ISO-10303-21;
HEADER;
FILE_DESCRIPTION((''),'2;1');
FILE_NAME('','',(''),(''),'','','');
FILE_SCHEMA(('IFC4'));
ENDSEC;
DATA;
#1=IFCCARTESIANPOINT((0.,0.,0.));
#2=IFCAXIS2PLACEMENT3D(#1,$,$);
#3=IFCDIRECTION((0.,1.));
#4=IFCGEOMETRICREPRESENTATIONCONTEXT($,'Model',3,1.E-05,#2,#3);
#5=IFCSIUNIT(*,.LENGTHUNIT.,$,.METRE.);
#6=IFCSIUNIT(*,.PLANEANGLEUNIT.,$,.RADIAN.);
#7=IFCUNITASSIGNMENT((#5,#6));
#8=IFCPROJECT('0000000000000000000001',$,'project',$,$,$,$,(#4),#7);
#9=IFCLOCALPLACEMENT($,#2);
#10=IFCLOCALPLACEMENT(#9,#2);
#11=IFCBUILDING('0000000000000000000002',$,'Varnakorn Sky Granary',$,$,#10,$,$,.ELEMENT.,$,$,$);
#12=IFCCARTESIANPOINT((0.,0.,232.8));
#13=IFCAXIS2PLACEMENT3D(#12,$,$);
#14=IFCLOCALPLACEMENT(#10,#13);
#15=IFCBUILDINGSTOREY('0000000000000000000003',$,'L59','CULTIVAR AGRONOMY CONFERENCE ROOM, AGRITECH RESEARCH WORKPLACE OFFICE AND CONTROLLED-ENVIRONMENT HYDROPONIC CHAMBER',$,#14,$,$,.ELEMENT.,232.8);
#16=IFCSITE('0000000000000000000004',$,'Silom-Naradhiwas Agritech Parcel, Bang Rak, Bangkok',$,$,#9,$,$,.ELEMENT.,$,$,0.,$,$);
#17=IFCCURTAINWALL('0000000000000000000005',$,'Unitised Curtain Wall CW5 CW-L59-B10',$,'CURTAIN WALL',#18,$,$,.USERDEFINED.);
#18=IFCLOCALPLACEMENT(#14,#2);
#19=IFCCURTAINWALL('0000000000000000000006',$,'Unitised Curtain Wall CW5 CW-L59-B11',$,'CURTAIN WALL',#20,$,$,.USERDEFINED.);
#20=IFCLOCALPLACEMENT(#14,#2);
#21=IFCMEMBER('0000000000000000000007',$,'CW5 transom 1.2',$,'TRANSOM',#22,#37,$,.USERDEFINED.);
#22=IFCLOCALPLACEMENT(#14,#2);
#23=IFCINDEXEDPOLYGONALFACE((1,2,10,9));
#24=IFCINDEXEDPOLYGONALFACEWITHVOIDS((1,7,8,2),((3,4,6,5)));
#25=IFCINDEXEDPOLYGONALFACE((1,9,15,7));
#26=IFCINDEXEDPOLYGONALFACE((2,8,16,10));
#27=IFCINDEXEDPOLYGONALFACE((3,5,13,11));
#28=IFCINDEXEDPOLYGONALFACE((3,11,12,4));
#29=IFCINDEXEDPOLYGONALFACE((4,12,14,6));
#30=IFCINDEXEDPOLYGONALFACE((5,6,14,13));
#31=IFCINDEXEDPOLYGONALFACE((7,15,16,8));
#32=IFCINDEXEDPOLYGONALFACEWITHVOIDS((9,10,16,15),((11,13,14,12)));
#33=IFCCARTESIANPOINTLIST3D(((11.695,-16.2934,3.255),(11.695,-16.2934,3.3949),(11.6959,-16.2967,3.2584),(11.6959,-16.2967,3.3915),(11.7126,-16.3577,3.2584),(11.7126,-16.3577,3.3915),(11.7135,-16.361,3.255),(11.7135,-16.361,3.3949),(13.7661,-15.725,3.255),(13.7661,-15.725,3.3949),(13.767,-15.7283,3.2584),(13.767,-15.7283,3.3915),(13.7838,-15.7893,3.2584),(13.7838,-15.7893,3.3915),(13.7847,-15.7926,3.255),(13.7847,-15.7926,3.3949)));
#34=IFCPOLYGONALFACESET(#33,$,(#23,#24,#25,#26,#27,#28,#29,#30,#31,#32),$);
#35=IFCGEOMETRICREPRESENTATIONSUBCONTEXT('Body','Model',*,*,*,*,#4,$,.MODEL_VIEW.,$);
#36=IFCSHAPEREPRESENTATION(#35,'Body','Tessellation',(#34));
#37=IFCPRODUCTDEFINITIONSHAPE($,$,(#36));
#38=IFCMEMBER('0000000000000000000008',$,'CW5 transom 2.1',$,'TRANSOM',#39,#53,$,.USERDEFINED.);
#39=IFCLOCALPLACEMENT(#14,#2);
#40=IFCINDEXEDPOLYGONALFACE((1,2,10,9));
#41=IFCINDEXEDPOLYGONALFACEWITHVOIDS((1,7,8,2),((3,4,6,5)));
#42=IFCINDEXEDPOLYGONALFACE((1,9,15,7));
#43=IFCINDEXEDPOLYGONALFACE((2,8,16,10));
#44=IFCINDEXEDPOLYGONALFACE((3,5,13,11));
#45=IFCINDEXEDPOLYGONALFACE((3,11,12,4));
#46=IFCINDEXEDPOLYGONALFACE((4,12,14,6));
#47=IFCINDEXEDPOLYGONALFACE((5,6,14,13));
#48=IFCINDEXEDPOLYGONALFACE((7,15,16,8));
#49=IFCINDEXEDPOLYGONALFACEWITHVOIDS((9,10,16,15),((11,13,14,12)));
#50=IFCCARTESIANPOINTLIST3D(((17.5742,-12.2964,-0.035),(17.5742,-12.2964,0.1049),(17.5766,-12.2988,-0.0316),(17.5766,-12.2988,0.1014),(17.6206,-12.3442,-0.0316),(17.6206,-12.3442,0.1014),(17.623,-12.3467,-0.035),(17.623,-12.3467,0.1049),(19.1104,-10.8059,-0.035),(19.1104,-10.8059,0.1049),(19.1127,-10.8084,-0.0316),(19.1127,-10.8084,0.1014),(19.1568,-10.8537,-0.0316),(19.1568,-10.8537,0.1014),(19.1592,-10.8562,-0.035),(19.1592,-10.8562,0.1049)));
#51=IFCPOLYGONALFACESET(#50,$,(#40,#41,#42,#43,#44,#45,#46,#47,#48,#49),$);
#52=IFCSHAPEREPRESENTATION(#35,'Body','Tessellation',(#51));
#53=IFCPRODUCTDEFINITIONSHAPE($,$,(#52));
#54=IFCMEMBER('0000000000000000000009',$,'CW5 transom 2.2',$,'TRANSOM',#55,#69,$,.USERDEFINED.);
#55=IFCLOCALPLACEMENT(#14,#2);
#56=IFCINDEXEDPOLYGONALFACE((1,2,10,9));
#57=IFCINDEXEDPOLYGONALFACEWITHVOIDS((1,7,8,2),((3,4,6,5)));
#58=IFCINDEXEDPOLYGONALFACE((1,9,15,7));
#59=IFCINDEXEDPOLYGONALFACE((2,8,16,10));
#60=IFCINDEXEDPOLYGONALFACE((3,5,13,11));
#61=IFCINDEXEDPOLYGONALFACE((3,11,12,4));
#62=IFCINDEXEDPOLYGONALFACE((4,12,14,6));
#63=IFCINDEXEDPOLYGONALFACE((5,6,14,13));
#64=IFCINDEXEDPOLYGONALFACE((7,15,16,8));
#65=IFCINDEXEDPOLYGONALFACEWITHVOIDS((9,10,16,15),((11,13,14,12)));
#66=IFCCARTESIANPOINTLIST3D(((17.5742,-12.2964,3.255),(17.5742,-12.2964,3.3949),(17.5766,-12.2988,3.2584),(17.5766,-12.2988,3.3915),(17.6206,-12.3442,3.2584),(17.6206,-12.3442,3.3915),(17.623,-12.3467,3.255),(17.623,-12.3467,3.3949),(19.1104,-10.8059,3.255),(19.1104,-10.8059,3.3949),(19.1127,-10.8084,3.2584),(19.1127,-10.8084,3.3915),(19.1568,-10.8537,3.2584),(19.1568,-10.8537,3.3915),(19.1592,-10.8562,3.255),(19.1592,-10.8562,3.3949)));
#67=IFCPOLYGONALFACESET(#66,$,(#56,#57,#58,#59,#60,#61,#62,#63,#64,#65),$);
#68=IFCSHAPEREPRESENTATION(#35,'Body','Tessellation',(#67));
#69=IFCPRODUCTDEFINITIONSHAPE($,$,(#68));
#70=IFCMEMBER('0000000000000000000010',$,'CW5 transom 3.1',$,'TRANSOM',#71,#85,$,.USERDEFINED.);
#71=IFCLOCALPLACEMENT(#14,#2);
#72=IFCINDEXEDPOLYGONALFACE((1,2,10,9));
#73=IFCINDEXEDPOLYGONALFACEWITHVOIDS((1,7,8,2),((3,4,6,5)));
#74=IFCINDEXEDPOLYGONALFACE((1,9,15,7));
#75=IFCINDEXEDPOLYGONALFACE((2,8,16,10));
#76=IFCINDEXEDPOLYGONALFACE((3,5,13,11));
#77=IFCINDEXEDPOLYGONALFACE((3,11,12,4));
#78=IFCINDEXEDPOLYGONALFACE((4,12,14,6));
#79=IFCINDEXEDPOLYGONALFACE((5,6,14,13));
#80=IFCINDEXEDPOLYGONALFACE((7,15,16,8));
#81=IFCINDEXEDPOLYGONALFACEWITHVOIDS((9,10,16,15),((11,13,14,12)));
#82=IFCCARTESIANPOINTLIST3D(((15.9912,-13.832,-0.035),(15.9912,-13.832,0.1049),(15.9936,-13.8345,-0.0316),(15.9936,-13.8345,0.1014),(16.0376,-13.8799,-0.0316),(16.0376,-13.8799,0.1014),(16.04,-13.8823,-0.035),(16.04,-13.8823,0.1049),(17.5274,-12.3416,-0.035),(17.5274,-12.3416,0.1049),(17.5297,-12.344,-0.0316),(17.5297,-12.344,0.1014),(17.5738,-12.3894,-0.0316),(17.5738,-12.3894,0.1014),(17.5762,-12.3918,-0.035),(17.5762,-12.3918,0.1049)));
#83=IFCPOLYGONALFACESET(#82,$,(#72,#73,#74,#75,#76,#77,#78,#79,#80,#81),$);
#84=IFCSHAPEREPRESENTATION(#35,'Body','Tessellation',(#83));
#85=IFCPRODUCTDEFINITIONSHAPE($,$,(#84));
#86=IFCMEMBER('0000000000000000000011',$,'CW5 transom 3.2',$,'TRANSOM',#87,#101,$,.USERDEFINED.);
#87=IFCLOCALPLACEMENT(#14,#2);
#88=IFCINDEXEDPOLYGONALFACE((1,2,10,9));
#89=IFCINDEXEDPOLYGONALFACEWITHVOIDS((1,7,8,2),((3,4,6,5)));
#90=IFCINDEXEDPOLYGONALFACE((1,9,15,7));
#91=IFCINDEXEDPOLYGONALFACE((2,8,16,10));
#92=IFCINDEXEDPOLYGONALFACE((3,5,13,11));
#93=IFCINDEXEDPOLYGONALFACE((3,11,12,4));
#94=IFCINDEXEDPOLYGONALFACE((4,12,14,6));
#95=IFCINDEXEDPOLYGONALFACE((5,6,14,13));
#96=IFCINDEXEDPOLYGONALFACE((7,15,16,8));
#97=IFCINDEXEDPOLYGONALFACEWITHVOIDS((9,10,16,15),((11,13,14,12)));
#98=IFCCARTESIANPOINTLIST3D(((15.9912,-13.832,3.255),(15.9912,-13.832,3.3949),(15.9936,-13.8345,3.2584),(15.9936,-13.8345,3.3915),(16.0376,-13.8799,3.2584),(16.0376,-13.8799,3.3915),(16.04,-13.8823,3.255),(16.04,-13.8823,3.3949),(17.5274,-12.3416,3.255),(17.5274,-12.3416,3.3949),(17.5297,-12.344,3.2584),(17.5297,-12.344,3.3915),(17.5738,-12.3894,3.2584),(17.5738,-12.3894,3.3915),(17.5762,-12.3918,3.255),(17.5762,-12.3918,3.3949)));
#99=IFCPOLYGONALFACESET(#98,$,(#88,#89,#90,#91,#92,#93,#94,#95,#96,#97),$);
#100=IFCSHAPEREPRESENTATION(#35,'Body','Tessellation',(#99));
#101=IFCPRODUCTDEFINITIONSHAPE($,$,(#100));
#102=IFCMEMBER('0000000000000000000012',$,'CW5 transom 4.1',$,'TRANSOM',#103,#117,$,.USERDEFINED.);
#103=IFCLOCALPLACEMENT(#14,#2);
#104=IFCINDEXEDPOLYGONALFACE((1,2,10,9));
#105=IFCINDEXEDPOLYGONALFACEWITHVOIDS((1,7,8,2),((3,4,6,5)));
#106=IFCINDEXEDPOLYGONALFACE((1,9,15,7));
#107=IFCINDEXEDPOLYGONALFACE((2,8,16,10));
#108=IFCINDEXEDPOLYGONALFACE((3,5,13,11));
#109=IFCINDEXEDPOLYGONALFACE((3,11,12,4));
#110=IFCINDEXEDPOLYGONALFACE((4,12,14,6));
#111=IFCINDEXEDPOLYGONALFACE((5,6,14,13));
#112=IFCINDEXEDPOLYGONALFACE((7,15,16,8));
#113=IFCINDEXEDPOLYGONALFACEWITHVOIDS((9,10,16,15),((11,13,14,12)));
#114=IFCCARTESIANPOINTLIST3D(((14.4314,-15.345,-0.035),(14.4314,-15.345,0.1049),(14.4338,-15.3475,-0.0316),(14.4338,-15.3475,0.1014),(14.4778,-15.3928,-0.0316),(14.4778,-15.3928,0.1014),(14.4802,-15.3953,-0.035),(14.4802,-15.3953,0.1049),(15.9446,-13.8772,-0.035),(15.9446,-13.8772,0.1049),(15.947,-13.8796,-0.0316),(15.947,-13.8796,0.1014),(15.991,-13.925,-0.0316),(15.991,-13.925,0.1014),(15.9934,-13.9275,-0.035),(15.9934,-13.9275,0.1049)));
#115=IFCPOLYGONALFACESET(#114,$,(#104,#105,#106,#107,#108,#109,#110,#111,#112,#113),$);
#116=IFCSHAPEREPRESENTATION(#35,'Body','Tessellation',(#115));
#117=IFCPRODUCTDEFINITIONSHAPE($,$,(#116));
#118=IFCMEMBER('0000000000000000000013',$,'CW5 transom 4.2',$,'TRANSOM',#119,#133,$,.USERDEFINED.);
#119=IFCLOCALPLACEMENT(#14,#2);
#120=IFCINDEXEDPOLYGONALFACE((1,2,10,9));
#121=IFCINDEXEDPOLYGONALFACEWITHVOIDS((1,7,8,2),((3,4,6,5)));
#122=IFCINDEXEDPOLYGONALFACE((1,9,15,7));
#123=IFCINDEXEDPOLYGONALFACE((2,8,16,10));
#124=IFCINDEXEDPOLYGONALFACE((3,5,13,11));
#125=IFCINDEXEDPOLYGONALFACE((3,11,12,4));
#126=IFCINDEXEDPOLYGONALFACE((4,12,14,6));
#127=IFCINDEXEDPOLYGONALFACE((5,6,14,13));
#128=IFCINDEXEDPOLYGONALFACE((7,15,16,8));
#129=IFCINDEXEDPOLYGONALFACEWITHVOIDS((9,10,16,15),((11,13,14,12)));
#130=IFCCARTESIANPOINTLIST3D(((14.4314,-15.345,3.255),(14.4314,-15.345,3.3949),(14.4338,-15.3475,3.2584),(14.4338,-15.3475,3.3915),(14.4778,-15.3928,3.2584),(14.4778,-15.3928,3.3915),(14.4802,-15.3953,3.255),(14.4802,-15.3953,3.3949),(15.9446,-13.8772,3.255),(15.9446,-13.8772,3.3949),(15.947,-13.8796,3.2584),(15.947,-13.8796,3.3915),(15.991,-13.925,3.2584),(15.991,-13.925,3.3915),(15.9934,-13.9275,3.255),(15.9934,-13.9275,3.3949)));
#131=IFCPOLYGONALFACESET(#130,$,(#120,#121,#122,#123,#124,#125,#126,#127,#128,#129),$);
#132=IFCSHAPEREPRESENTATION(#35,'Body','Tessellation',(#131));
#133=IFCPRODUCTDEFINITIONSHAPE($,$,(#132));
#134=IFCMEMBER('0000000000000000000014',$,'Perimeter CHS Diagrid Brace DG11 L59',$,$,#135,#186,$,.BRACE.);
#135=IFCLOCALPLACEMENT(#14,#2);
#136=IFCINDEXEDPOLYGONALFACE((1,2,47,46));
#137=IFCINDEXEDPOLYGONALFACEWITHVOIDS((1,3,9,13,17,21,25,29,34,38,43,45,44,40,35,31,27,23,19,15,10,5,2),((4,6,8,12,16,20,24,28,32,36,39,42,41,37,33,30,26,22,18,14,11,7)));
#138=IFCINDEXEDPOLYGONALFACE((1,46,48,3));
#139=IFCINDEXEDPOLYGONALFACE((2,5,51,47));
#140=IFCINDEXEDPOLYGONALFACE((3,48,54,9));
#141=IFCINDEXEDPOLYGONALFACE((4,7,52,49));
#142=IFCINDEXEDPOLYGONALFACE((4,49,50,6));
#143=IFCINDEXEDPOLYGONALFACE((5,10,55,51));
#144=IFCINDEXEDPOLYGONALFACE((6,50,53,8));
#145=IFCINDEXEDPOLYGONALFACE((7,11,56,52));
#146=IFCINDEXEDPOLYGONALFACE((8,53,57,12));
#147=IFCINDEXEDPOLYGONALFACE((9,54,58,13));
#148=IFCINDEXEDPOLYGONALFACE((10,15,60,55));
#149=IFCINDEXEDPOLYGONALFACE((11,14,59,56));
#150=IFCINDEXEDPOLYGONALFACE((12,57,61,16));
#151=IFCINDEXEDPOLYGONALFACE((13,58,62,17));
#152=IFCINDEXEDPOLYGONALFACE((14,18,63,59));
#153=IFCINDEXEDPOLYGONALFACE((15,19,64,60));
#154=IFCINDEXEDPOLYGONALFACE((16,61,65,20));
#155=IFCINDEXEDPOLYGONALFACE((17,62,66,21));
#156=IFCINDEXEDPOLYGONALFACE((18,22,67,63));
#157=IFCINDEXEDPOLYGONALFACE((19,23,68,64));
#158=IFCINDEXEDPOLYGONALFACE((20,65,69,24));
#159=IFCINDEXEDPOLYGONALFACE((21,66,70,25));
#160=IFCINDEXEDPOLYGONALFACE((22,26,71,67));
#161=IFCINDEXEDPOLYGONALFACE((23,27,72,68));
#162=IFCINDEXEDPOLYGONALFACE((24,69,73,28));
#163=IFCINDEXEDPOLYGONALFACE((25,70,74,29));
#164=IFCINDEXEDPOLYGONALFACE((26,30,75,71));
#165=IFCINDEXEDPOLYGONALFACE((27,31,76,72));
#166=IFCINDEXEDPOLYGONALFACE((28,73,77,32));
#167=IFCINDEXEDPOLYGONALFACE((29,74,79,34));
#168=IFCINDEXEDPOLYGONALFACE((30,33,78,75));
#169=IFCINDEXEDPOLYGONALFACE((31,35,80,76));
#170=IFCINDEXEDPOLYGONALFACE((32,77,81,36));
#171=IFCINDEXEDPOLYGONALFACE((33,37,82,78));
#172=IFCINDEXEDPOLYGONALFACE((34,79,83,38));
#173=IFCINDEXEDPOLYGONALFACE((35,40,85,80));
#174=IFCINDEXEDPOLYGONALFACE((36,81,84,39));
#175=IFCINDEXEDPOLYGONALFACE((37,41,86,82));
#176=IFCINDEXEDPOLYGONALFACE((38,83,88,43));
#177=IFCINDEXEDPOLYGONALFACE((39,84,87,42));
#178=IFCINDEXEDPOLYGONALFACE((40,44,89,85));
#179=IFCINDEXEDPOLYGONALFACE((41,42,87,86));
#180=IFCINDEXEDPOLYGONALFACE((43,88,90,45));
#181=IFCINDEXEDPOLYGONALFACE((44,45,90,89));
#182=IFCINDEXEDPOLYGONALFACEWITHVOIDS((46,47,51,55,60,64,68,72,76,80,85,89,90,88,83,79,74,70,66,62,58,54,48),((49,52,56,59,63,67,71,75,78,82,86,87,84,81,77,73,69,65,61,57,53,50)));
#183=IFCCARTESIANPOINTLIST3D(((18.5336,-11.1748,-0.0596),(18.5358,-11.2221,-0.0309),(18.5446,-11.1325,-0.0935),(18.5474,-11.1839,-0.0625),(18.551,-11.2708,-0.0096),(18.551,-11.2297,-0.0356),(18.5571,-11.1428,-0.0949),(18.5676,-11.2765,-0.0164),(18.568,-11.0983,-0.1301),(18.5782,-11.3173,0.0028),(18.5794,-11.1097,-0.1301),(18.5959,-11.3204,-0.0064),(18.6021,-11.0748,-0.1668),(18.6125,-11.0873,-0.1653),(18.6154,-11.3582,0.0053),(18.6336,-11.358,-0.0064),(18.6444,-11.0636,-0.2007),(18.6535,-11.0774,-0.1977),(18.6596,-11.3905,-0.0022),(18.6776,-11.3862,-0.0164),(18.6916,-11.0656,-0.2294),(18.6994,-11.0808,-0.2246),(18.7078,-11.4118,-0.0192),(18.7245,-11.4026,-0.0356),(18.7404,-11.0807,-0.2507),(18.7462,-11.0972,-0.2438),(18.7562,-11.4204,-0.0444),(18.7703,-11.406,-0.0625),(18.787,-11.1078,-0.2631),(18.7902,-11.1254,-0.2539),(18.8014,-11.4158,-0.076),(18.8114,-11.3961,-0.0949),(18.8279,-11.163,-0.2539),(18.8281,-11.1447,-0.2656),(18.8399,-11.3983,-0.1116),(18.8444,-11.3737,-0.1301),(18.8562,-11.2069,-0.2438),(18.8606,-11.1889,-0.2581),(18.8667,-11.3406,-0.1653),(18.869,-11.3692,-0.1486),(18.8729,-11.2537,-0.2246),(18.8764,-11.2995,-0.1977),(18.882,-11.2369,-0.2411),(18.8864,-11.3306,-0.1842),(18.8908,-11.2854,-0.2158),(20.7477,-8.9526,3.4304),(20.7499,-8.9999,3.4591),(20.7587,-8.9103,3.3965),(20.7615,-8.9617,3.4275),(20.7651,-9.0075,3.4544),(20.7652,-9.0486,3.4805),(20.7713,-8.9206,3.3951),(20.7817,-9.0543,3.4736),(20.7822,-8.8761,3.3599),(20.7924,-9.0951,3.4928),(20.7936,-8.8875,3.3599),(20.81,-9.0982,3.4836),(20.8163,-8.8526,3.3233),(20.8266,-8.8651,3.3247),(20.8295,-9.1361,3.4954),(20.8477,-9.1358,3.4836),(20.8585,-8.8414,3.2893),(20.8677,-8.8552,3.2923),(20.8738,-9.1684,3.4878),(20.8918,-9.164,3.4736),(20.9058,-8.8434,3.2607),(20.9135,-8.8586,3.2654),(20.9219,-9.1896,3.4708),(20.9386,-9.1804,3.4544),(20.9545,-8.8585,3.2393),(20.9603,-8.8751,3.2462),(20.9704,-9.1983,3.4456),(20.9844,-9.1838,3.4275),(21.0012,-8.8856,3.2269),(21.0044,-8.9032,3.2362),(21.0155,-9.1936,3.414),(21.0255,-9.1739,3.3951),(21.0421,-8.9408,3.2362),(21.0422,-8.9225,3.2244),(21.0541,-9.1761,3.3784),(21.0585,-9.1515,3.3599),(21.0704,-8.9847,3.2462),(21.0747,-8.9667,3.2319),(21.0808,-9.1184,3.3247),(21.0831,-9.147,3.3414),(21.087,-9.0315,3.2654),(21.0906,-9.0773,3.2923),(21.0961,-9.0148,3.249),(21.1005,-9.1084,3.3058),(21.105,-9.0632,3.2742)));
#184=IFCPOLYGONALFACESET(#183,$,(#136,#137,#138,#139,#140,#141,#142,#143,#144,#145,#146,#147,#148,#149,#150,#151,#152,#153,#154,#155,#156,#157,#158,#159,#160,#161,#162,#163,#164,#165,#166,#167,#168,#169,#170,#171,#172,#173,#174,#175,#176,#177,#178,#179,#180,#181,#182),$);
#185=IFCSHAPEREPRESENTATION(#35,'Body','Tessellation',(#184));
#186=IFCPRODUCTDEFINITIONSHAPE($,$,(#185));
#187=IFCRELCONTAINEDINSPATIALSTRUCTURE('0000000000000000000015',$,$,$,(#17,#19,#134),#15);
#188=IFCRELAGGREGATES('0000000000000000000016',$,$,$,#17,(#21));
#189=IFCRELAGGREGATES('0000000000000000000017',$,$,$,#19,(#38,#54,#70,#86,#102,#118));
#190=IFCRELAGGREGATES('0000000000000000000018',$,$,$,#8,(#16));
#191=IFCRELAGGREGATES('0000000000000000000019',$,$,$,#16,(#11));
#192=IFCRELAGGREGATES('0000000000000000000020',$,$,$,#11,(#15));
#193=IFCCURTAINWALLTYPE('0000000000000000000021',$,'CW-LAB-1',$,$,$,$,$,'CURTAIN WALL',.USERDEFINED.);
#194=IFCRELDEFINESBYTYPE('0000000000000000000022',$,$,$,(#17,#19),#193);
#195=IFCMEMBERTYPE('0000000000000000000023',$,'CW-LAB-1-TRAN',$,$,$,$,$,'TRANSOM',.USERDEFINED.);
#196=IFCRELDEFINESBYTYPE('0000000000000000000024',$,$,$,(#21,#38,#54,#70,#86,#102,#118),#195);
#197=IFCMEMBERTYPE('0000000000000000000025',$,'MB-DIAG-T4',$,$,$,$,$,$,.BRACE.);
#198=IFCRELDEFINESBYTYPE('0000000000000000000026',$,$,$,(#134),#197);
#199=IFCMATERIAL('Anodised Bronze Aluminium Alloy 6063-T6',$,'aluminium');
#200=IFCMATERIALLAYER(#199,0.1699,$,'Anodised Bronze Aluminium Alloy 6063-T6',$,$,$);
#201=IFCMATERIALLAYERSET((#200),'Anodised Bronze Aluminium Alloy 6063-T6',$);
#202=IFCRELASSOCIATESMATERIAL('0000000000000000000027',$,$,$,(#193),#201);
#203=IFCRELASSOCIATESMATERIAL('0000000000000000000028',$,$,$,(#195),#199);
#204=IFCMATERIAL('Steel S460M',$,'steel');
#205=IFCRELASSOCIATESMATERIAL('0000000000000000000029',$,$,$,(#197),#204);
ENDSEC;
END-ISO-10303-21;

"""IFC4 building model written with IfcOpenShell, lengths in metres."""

from ifc_helpers import new_model, si_unit, direction, frame, origin, origin_2d, place, context, subcontext, project, spatial, hollow_rectangle, hollow_circle, extrude, material, layer, layer_set, material_profile, profile_set, type_object, element, aggregate, save


model = new_model("IFC4")

# Units and contexts
model_context = context("Model", 3, precision=1e-05, world=origin(), true_north=direction((0.0, 1.0)))
body_context = subcontext(model_context, "Body", "Model", "MODEL_VIEW")
ifc_project = project(units=[si_unit("LENGTHUNIT", "METRE"), si_unit("PLANEANGLEUNIT", "RADIAN")], contexts=[model_context])

# Site, building, storey
site_placement = place(None, origin())
site = spatial("IfcSite", under=ifc_project, at=site_placement, Name="Silom-Naradhiwas Agritech Parcel, Bang Rak, Bangkok", CompositionType="ELEMENT", RefElevation=0.0)
building_placement = place(site_placement, origin())
building = spatial("IfcBuilding", under=site, at=building_placement, Name="Varnakorn Sky Granary", CompositionType="ELEMENT")
storey_placement = place(building_placement, frame((0.0, 0.0, 232.8)))
storey = spatial("IfcBuildingStorey", under=building, at=storey_placement, Name="L59", Description="CULTIVAR AGRONOMY CONFERENCE ROOM, AGRITECH RESEARCH WORKPLACE OFFICE AND CONTROLLED-ENVIRONMENT HYDROPONIC CHAMBER", CompositionType="ELEMENT", Elevation=232.8)

# Shared definitions
ifc_material_1 = material(Name="Steel S460M", Category="steel")

# Curtain wall
ifc_material_2 = material(Name="Anodised Bronze Aluminium Alloy 6063-T6", Category="aluminium")
ifc_layer_1 = layer(ifc_material_2, 0.1699, Name="Anodised Bronze Aluminium Alloy 6063-T6")
ifc_layer_set_1 = layer_set([ifc_layer_1], Name="Anodised Bronze Aluminium Alloy 6063-T6")
curtain_wall_type = type_object("IfcCurtainWallType", Name="CW-LAB-1", ElementType="CURTAIN WALL", PredefinedType="USERDEFINED", material=ifc_layer_set_1)
curtain_wall_1_placement = place(storey_placement, origin())
curtain_wall_1 = element("IfcCurtainWall", 1, at=curtain_wall_1_placement, inside=storey, type_object=curtain_wall_type, Name="Unitised Curtain Wall CW5 CW-L59-B10", ObjectType="CURTAIN WALL", PredefinedType="USERDEFINED")

# Curtain wall
curtain_wall_2_placement = place(storey_placement, origin())
curtain_wall_2 = element("IfcCurtainWall", 2, at=curtain_wall_2_placement, inside=storey, type_object=curtain_wall_type, Name="Unitised Curtain Wall CW5 CW-L59-B11", ObjectType="CURTAIN WALL", PredefinedType="USERDEFINED")

# Members
ifc_material_profile_1 = material_profile(ifc_material_2, hollow_rectangle(XDim=0.0701, YDim=0.1399, WallThickness=0.0034, at=origin_2d()), Name="ALU TRAN 70x140")
ifc_profile_set_1 = profile_set([ifc_material_profile_1], Name="Anodised Bronze Aluminium Alloy 6063-T6")
member_type_1 = type_object("IfcMemberType", Name="CW-LAB-1-TRAN", ElementType="TRANSOM", PredefinedType="USERDEFINED", material=ifc_profile_set_1)
member_1_placement = place(storey_placement, frame((13.7754, -15.7588, 3.325), z_axis=(-0.964345, -0.264647, 0.0), x_axis=(0.264647, -0.964345, 0.0)))
member_1 = element("IfcMember", 3, at=member_1_placement, type_object=member_type_1, Name="CW5 transom 1.2", ObjectType="TRANSOM", PredefinedType="USERDEFINED", context=body_context, shape_type="SweptSolid", body=[
    extrude(hollow_rectangle(XDim=0.0701, YDim=0.1399, WallThickness=0.0034, at=origin_2d()), origin(), (0.0, 0.0, 1.0), 2.1477),
])
aggregate(curtain_wall_1, [member_1])
member_2_placement = place(storey_placement, frame((19.1348, -10.8311, 0.0349), z_axis=(-0.717691, -0.696361, 0.0), x_axis=(0.696361, -0.717691, 0.0)))
member_2 = element("IfcMember", 4, at=member_2_placement, type_object=member_type_1, Name="CW5 transom 2.1", ObjectType="TRANSOM", PredefinedType="USERDEFINED", context=body_context, shape_type="SweptSolid", body=[
    extrude(hollow_rectangle(XDim=0.0701, YDim=0.1399, WallThickness=0.0034, at=origin_2d()), origin(), (0.0, 0.0, 1.0), 2.1404),
])
member_3_placement = place(storey_placement, frame((19.1348, -10.8311, 3.325), z_axis=(-0.717691, -0.696361, 0.0), x_axis=(0.696361, -0.717691, 0.0)))
member_3 = element("IfcMember", 5, at=member_3_placement, type_object=member_type_1, Name="CW5 transom 2.2", ObjectType="TRANSOM", PredefinedType="USERDEFINED", context=body_context, shape_type="SweptSolid", body=[
    extrude(hollow_rectangle(XDim=0.0701, YDim=0.1399, WallThickness=0.0034, at=origin_2d()), origin(), (0.0, 0.0, 1.0), 2.1404),
])
member_4_placement = place(storey_placement, frame((17.5518, -12.3667, 0.0349), z_axis=(-0.717691, -0.696361, 0.0), x_axis=(0.696361, -0.717691, 0.0)))
member_4 = element("IfcMember", 6, at=member_4_placement, type_object=member_type_1, Name="CW5 transom 3.1", ObjectType="TRANSOM", PredefinedType="USERDEFINED", context=body_context, shape_type="SweptSolid", body=[
    extrude(hollow_rectangle(XDim=0.0701, YDim=0.1399, WallThickness=0.0034, at=origin_2d()), origin(), (0.0, 0.0, 1.0), 2.1404),
])
member_5_placement = place(storey_placement, frame((17.5518, -12.3667, 3.325), z_axis=(-0.717691, -0.696361, 0.0), x_axis=(0.696361, -0.717691, 0.0)))
member_5 = element("IfcMember", 7, at=member_5_placement, type_object=member_type_1, Name="CW5 transom 3.2", ObjectType="TRANSOM", PredefinedType="USERDEFINED", context=body_context, shape_type="SweptSolid", body=[
    extrude(hollow_rectangle(XDim=0.0701, YDim=0.1399, WallThickness=0.0034, at=origin_2d()), origin(), (0.0, 0.0, 1.0), 2.1404),
])
member_6_placement = place(storey_placement, frame((15.969, -13.9023, 0.0349), z_axis=(-0.717795, -0.696254, 0.0), x_axis=(0.696254, -0.717795, 0.0)))
member_6 = element("IfcMember", 8, at=member_6_placement, type_object=member_type_1, Name="CW5 transom 4.1", ObjectType="TRANSOM", PredefinedType="USERDEFINED", context=body_context, shape_type="SweptSolid", body=[
    extrude(hollow_rectangle(XDim=0.0701, YDim=0.1399, WallThickness=0.0034, at=origin_2d()), origin(), (0.0, 0.0, 1.0), 2.1082),
])
member_7_placement = place(storey_placement, frame((15.969, -13.9023, 3.325), z_axis=(-0.717795, -0.696254, 0.0), x_axis=(0.696254, -0.717795, 0.0)))
member_7 = element("IfcMember", 9, at=member_7_placement, type_object=member_type_1, Name="CW5 transom 4.2", ObjectType="TRANSOM", PredefinedType="USERDEFINED", context=body_context, shape_type="SweptSolid", body=[
    extrude(hollow_rectangle(XDim=0.0701, YDim=0.1399, WallThickness=0.0034, at=origin_2d()), origin(), (0.0, 0.0, 1.0), 2.1082),
])
ifc_material_profile_2 = material_profile(ifc_material_1, hollow_circle(Radius=0.2031, WallThickness=0.0161, at=origin_2d()), Name="CHS 406.4x16")
ifc_profile_set_2 = profile_set([ifc_material_profile_2], Name="Steel S460M")
member_type_2 = type_object("IfcMemberType", Name="MB-DIAG-T4", PredefinedType="BRACE", material=ifc_profile_set_2)
member_8_placement = place(storey_placement, frame((18.7119, -11.2417, -0.1301), z_axis=(0.471832, 0.473549, 0.743725), x_axis=(-0.70839, 0.705821, 0.0)))
element("IfcMember", 10, at=member_8_placement, inside=storey, type_object=member_type_2, Name="Perimeter CHS Diagrid Brace DG11 L59", PredefinedType="BRACE", context=body_context, shape_type="SweptSolid", body=[
    extrude(hollow_circle(Radius=0.2031, WallThickness=0.0161, at=origin_2d()), origin(), (0.0, 0.0, 1.0), 4.6926),
])

aggregate(curtain_wall_2, [member_2, member_3, member_4, member_5, member_6, member_7])

save(model, "model.ifc")
